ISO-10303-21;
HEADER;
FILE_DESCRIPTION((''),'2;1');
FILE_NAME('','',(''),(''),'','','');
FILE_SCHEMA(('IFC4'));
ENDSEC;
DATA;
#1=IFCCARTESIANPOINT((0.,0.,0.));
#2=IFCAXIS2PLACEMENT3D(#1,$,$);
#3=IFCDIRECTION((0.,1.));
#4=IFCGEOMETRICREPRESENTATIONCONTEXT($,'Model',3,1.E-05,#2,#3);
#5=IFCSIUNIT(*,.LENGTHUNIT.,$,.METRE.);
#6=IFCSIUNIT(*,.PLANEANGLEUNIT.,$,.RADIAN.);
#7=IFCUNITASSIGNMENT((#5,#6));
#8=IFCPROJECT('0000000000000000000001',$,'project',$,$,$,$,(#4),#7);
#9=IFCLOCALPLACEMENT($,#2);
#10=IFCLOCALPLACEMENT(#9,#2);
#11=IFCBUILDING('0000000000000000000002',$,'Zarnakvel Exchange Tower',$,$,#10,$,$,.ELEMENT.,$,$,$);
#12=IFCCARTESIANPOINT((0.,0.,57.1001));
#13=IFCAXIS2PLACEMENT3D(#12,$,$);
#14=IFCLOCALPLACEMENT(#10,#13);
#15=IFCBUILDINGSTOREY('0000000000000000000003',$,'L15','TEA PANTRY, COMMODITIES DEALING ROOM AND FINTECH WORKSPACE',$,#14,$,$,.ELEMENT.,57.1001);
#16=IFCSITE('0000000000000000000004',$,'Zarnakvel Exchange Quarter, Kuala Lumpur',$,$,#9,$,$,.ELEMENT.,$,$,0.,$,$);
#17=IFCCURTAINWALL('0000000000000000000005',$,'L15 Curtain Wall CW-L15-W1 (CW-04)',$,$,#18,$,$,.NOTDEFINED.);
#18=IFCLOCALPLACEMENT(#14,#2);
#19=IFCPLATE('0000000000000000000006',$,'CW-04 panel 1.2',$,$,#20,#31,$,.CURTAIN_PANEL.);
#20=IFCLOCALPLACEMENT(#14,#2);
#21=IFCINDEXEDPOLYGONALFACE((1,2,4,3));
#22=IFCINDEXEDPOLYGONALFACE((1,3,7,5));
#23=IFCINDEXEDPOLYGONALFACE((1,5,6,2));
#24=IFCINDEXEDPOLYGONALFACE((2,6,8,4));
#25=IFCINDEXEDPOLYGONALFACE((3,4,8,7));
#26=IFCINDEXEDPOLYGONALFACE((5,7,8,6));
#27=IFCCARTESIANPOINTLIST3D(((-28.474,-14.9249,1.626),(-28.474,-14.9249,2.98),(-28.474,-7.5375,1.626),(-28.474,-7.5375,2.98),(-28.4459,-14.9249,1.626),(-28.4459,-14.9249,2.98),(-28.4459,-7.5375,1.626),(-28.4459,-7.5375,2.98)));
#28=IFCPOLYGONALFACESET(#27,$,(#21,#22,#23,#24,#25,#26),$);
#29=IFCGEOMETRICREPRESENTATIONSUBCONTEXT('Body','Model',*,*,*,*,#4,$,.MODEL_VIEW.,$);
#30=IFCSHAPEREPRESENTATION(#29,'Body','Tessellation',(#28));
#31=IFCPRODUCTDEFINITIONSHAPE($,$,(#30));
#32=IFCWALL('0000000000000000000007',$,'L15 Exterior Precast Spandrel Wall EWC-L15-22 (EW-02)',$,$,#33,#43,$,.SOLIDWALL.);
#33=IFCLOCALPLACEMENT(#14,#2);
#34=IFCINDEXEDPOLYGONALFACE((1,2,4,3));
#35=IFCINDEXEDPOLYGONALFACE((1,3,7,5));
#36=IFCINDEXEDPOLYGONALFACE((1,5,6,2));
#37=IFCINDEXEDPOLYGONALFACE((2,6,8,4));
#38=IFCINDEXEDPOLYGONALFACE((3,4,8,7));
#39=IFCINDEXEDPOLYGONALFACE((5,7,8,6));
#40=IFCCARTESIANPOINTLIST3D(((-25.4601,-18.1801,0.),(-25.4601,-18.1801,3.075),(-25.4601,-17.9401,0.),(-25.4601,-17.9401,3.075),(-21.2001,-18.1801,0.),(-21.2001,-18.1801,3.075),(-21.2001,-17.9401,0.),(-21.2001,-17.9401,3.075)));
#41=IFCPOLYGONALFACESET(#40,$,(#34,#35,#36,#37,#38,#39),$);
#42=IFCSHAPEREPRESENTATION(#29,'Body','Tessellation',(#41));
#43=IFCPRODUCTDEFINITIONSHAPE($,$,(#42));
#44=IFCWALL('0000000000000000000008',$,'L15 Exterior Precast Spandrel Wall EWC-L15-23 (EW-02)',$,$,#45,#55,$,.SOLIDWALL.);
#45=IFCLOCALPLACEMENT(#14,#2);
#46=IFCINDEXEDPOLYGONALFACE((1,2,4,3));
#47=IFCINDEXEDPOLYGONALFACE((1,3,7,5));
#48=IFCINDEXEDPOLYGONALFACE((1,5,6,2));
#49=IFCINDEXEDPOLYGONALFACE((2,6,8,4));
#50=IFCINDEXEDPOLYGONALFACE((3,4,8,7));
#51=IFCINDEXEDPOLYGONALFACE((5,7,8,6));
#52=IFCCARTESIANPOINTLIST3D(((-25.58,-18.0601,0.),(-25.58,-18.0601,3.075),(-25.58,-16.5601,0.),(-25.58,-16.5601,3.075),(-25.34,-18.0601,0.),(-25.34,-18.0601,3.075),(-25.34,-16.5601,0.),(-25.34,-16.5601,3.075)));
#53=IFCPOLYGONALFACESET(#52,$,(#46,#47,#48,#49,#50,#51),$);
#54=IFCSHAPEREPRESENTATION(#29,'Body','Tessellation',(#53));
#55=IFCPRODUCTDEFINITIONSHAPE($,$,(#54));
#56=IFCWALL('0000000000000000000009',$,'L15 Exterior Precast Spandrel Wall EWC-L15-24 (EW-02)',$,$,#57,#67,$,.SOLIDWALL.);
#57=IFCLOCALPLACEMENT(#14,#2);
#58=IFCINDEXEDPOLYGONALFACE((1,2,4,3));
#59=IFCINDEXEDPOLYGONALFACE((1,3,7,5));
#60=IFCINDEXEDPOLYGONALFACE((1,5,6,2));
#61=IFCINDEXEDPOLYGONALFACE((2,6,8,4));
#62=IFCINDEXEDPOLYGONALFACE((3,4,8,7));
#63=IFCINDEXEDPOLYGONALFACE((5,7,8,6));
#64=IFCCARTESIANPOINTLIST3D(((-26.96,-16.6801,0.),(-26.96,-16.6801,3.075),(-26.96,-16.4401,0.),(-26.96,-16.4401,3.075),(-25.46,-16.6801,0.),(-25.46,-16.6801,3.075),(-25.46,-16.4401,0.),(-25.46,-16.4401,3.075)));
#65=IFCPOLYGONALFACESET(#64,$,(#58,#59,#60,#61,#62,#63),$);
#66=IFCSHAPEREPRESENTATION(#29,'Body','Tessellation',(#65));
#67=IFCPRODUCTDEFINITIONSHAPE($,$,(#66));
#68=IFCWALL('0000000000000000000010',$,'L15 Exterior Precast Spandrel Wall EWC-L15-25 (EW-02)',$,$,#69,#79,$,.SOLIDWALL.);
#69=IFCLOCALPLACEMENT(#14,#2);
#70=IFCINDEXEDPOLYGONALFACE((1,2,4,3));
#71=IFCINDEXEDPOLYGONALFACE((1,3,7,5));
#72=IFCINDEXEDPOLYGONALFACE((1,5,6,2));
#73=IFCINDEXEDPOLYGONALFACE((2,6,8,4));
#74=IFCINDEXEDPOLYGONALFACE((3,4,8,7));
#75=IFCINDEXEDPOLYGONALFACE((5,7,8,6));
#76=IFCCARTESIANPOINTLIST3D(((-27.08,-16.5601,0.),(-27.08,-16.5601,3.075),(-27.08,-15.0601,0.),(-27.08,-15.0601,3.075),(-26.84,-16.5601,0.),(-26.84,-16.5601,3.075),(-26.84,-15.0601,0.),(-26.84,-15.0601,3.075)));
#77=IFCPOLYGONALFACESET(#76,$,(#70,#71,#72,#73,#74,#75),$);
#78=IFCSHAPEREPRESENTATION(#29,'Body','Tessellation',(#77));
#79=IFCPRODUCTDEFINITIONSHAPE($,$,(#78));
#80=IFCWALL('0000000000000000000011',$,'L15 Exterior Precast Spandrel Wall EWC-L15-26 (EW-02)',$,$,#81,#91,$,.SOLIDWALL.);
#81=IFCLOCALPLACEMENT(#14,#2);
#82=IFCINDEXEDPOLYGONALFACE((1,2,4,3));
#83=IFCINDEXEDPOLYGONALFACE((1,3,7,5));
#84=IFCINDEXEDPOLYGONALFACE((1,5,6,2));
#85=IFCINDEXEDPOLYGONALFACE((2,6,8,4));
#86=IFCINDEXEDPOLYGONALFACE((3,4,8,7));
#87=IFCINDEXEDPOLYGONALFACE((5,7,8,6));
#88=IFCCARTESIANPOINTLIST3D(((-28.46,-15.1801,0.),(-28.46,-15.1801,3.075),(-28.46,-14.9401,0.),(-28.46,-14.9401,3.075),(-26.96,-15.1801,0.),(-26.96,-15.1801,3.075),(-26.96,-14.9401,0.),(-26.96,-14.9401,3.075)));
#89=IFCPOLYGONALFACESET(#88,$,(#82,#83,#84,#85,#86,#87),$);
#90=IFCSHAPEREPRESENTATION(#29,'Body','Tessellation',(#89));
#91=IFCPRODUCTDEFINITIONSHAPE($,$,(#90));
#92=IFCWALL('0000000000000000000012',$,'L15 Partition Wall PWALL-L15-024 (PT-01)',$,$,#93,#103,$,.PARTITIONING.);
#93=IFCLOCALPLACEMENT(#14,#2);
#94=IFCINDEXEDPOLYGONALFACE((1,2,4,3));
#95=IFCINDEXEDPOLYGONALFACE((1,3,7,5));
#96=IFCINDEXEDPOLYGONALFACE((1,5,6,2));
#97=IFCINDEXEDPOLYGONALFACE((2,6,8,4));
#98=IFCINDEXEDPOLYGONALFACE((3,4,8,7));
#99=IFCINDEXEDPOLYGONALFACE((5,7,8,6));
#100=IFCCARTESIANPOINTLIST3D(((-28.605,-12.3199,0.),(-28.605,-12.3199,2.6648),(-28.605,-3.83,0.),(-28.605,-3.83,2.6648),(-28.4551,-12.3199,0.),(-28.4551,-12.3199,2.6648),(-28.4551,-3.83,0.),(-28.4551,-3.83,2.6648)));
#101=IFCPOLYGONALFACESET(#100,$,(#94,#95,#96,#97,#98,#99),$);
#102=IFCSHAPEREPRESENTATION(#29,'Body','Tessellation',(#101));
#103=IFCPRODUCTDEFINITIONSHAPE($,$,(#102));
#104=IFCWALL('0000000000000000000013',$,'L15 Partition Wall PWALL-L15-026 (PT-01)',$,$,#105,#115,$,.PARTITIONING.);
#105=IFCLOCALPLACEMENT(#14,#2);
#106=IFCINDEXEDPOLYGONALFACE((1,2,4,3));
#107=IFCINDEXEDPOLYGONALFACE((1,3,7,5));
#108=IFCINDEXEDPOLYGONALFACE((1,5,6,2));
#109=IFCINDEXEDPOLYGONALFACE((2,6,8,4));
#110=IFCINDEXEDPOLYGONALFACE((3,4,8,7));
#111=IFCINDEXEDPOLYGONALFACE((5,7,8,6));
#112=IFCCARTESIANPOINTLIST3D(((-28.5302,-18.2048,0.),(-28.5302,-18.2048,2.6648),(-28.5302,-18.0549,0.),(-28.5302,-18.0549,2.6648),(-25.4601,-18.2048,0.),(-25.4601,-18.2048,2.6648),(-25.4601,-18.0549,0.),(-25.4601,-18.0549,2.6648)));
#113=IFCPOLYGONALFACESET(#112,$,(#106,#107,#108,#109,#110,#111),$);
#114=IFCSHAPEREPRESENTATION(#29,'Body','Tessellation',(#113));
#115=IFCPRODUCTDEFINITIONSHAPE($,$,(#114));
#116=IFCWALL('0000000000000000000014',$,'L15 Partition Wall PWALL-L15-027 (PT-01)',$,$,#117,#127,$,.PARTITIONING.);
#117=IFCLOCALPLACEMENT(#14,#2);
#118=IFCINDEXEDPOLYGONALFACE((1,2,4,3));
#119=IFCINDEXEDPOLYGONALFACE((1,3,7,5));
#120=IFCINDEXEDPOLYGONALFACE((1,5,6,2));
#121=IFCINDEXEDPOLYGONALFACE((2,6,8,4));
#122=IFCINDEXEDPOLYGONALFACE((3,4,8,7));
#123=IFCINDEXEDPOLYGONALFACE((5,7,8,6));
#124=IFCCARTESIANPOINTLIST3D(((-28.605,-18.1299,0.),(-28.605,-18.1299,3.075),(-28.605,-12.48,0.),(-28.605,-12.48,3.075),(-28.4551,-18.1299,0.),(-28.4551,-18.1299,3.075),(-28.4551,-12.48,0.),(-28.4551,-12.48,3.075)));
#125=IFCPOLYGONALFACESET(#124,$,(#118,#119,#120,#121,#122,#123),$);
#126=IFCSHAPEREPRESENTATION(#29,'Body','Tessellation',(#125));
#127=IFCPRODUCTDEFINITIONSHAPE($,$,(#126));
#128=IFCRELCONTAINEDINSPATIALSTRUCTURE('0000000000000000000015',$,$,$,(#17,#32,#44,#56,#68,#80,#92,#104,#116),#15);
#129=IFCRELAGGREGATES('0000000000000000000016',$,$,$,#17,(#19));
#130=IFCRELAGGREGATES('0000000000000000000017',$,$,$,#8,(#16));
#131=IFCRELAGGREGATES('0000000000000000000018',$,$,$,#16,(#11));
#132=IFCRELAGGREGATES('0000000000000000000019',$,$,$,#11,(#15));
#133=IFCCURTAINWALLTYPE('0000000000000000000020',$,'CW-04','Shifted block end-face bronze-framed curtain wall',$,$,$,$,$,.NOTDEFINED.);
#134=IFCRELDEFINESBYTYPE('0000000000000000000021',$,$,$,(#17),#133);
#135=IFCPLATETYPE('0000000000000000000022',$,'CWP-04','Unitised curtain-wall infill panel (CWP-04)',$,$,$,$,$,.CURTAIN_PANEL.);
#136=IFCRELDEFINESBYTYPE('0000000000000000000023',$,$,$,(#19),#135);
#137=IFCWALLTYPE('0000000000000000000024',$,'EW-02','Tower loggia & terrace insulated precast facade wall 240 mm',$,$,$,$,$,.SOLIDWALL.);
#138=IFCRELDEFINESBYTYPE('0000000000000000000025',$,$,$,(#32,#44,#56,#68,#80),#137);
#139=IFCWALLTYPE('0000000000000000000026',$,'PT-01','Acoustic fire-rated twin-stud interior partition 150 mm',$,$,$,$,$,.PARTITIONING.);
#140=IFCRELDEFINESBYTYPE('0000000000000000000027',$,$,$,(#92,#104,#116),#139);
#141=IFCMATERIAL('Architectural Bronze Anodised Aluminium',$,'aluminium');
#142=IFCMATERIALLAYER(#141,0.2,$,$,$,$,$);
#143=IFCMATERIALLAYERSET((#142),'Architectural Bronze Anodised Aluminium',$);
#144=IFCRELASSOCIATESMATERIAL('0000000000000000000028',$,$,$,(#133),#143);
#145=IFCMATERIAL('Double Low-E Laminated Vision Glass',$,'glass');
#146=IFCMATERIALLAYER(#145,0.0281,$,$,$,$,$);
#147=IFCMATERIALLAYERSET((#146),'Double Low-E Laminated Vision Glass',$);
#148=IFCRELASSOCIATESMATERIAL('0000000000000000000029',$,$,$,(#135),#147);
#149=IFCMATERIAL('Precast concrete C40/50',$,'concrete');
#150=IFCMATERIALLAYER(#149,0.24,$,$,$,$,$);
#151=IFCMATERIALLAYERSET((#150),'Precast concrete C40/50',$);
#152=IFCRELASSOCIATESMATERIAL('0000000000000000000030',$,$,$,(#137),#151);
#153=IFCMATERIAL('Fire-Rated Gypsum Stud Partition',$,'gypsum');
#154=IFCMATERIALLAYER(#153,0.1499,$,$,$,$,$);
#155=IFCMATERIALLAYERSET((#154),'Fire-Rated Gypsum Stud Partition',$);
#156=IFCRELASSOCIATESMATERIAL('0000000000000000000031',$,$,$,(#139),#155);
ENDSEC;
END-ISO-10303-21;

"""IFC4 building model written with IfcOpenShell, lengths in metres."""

from ifc_helpers import new_model, si_unit, direction, frame, frame_2d, origin, origin_2d, place, context, subcontext, project, spatial, rectangle, extrude, source, transform, mapped, material, layer, layer_set, type_object, element, aggregate, save


model = new_model("IFC4")

# Units and contexts
model_context = context("Model", 3, precision=1e-05, world=origin(), true_north=direction((0.0, 1.0)))
body_context = subcontext(model_context, "Body", "Model", "MODEL_VIEW")
ifc_project = project(units=[si_unit("LENGTHUNIT", "METRE"), si_unit("PLANEANGLEUNIT", "RADIAN")], contexts=[model_context])

# Site, building, storey
site_placement = place(None, origin())
site = spatial("IfcSite", under=ifc_project, at=site_placement, Name="Zarnakvel Exchange Quarter, Kuala Lumpur", CompositionType="ELEMENT", RefElevation=0.0)
building_placement = place(site_placement, origin())
building = spatial("IfcBuilding", under=site, at=building_placement, Name="Zarnakvel Exchange Tower", CompositionType="ELEMENT")
storey_placement = place(building_placement, frame((0.0, 0.0, 57.1001)))
storey = spatial("IfcBuildingStorey", under=building, at=storey_placement, Name="L15", Description="TEA PANTRY, COMMODITIES DEALING ROOM AND FINTECH WORKSPACE", CompositionType="ELEMENT", Elevation=57.1001)

# Curtain wall, plate
ifc_material_1 = material(Name="Architectural Bronze Anodised Aluminium", Category="aluminium")
ifc_layer_1 = layer(ifc_material_1, 0.2)
ifc_layer_set_1 = layer_set([ifc_layer_1], Name="Architectural Bronze Anodised Aluminium")
curtain_wall_type = type_object("IfcCurtainWallType", Name="CW-04", Description="Shifted block end-face bronze-framed curtain wall", PredefinedType="NOTDEFINED", material=ifc_layer_set_1)
curtain_wall_placement = place(storey_placement, origin())
curtain_wall = element("IfcCurtainWall", 1, at=curtain_wall_placement, inside=storey, type_object=curtain_wall_type, Name="L15 Curtain Wall CW-L15-W1 (CW-04)", PredefinedType="NOTDEFINED")
ifc_material_2 = material(Name="Double Low-E Laminated Vision Glass", Category="glass")
ifc_layer_2 = layer(ifc_material_2, 0.0281)
ifc_layer_set_2 = layer_set([ifc_layer_2], Name="Double Low-E Laminated Vision Glass")
plate_type = type_object("IfcPlateType", Name="CWP-04", Description="Unitised curtain-wall infill panel (CWP-04)", PredefinedType="CURTAIN_PANEL", material=ifc_layer_set_2)
shared_shape_1 = source(origin(), body_context, "Body", "SweptSolid", [
    extrude(rectangle(XDim=7.3875, YDim=0.0281, at=origin_2d()), origin(), (0.0, 0.0, 1.0), 1.354),
])
plate_1_placement = place(storey_placement, frame((-28.46, -11.2312, 1.626), z_axis=(0.0, 0.0, 1.0), x_axis=(0.0, 1.0, 0.0)))
plate_1 = element("IfcPlate", 2, at=plate_1_placement, type_object=plate_type, Name="CW-04 panel 1.2", PredefinedType="CURTAIN_PANEL", context=body_context, shape_type="MappedRepresentation", body=[
    mapped(shared_shape_1, transform((0.0, 0.0, 0.0), x_axis=(1.0, 0.0, 0.0), y_axis=(0.0, 1.0, 0.0), z_axis=(0.0, 0.0, 1.0), scale=1.0)),
])
aggregate(curtain_wall, [plate_1])

# Walls
ifc_material_3 = material(Name="Precast concrete C40/50", Category="concrete")
ifc_layer_3 = layer(ifc_material_3, 0.24)
ifc_layer_set_3 = layer_set([ifc_layer_3], Name="Precast concrete C40/50")
wall_type_1 = type_object("IfcWallType", Name="EW-02", Description="Tower loggia & terrace insulated precast facade wall 240 mm", PredefinedType="SOLIDWALL", material=ifc_layer_set_3)
wall_1_placement = place(storey_placement, frame((-25.46, -18.0601, 0.0), z_axis=(0.0, 0.0, 1.0), x_axis=(1.0, 0.0, 0.0)))
element("IfcWall", 3, at=wall_1_placement, inside=storey, type_object=wall_type_1, Name="L15 Exterior Precast Spandrel Wall EWC-L15-22 (EW-02)", PredefinedType="SOLIDWALL", context=body_context, shape_type="SweptSolid", body=[
    extrude(rectangle(XDim=4.26, YDim=0.24, at=frame_2d((2.1299, 0.0))), origin(), (0.0, 0.0, 1.0), 3.075),
])
for number, where, z_axis, x_axis, name in (
    (4, (-25.46, -16.5601, 0.0), (0.0, 0.0, 1.0), (0.0, -1.0, 0.0), "L15 Exterior Precast Spandrel Wall EWC-L15-23 (EW-02)"),
    (5, (-26.96, -16.5601, 0.0), (0.0, 0.0, 1.0), (1.0, 0.0, 0.0), "L15 Exterior Precast Spandrel Wall EWC-L15-24 (EW-02)"),
    (6, (-26.96, -15.0601, 0.0), (0.0, 0.0, 1.0), (0.0, -1.0, 0.0), "L15 Exterior Precast Spandrel Wall EWC-L15-25 (EW-02)"),
    (7, (-28.46, -15.0601, 0.0), (0.0, 0.0, 1.0), (1.0, 0.0, 0.0), "L15 Exterior Precast Spandrel Wall EWC-L15-26 (EW-02)"),
):
    element("IfcWall", number, at=place(storey_placement, frame(where, z_axis=z_axis, x_axis=x_axis)), inside=storey, type_object=wall_type_1, Name=name, PredefinedType="SOLIDWALL", context=body_context, shape_type="SweptSolid", body=[
        extrude(rectangle(XDim=1.5, YDim=0.24, at=frame_2d((0.75, 0.0))), origin(), (0.0, 0.0, 1.0), 3.075),
    ])
ifc_material_4 = material(Name="Fire-Rated Gypsum Stud Partition", Category="gypsum")
ifc_layer_4 = layer(ifc_material_4, 0.1499)
ifc_layer_set_4 = layer_set([ifc_layer_4], Name="Fire-Rated Gypsum Stud Partition")
wall_type_2 = type_object("IfcWallType", Name="PT-01", Description="Acoustic fire-rated twin-stud interior partition 150 mm", PredefinedType="PARTITIONING", material=ifc_layer_set_4)
wall_2_placement = place(storey_placement, frame((-28.53, -12.3201, 0.0), z_axis=(0.0, 0.0, 1.0), x_axis=(0.0, 1.0, 0.0)))
element("IfcWall", 8, at=wall_2_placement, inside=storey, type_object=wall_type_2, Name="L15 Partition Wall PWALL-L15-024 (PT-01)", PredefinedType="PARTITIONING", context=body_context, shape_type="SweptSolid", body=[
    extrude(rectangle(XDim=8.49, YDim=0.1499, at=frame_2d((4.2451, 0.0))), origin(), (0.0, 0.0, 1.0), 2.6648),
])
wall_3_placement = place(storey_placement, frame((-25.46, -18.1299, 0.0), z_axis=(0.0, 0.0, 1.0), x_axis=(-1.0, 0.0, 0.0)))
element("IfcWall", 9, at=wall_3_placement, inside=storey, type_object=wall_type_2, Name="L15 Partition Wall PWALL-L15-026 (PT-01)", PredefinedType="PARTITIONING", context=body_context, shape_type="SweptSolid", body=[
    extrude(rectangle(XDim=3.0701, YDim=0.1499, at=frame_2d((1.5352, 0.0))), origin(), (0.0, 0.0, 1.0), 2.6648),
])
wall_4_placement = place(storey_placement, frame((-28.53, -18.1299, 0.0), z_axis=(0.0, 0.0, 1.0), x_axis=(0.0, 1.0, 0.0)))
element("IfcWall", 10, at=wall_4_placement, inside=storey, type_object=wall_type_2, Name="L15 Partition Wall PWALL-L15-027 (PT-01)", PredefinedType="PARTITIONING", context=body_context, shape_type="SweptSolid", body=[
    extrude(rectangle(XDim=5.6499, YDim=0.1499, at=frame_2d((2.825, 0.0))), origin(), (0.0, 0.0, 1.0), 3.075),
])

save(model, "model.ifc")
